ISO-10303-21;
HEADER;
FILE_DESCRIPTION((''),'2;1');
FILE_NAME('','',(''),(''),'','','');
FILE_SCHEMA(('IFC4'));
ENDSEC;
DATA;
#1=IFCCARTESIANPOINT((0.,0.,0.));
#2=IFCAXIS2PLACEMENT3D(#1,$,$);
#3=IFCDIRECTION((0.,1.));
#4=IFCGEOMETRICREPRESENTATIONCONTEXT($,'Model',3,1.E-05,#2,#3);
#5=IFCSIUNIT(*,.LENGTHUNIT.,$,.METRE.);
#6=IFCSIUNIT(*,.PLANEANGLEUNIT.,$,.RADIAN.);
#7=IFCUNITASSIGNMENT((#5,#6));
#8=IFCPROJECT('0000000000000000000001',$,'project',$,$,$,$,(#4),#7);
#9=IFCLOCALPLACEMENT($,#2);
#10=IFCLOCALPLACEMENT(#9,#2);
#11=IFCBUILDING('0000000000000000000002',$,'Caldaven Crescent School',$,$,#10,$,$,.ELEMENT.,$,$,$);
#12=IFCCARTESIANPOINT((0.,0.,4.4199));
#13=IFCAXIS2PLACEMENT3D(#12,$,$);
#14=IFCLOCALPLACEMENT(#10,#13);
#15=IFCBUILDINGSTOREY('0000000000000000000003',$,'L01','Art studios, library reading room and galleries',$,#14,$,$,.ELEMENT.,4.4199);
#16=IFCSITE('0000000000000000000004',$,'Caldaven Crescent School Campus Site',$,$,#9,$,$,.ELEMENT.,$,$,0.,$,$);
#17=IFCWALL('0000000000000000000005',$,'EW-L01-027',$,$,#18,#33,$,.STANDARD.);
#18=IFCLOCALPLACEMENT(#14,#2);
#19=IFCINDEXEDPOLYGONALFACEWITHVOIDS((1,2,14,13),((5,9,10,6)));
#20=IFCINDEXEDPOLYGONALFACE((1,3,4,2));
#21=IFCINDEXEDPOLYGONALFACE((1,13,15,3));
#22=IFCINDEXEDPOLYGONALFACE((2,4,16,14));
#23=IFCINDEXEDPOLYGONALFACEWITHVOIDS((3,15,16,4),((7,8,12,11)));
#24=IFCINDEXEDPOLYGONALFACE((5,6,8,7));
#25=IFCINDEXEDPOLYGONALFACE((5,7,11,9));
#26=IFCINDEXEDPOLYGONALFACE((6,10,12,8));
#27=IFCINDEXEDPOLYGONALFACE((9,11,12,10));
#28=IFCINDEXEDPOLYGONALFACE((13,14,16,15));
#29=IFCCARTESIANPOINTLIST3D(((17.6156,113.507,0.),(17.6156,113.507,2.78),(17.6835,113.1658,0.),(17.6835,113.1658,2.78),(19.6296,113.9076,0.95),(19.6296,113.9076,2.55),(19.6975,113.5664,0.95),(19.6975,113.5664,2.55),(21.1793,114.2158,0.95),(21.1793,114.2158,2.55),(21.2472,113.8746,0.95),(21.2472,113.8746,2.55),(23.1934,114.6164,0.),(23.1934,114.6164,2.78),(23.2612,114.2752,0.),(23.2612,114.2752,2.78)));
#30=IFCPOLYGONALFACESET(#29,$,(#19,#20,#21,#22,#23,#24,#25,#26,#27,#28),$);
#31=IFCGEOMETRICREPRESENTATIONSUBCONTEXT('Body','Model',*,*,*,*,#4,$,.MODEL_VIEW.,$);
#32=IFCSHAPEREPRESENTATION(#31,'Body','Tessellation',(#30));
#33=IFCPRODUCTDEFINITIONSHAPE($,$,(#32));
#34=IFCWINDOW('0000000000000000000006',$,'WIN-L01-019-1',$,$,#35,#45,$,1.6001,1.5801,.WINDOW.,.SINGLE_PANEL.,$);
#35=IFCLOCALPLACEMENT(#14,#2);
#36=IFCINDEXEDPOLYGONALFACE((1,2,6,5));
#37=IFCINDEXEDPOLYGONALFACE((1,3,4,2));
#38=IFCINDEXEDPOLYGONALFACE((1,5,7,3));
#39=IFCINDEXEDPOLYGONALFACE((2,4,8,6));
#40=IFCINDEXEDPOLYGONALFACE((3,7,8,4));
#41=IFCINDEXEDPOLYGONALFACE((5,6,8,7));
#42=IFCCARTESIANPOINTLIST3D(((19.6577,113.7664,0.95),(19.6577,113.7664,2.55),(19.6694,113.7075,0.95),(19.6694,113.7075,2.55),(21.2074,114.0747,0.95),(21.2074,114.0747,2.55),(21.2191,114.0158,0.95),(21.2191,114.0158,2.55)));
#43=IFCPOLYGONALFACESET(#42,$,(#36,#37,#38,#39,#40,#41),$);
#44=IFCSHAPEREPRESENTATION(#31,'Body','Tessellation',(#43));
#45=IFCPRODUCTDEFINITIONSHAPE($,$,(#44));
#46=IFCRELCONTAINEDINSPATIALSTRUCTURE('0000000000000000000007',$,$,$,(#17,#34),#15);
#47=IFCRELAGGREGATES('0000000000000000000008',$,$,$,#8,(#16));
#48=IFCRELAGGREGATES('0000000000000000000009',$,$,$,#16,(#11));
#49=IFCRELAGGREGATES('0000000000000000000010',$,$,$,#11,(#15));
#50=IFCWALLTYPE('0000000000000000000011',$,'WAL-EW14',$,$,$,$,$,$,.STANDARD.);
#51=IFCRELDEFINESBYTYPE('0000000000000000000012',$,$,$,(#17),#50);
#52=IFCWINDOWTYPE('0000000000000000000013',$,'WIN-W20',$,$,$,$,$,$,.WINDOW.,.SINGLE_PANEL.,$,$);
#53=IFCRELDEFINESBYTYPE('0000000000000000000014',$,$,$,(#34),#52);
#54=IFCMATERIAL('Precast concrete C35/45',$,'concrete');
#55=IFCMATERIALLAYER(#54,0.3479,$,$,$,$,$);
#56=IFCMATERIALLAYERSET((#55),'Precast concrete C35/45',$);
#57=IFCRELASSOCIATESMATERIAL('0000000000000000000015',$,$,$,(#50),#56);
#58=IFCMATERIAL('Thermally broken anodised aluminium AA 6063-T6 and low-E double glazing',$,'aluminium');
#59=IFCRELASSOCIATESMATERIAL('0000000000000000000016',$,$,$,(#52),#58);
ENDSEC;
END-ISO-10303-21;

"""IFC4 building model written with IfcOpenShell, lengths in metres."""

from ifc_helpers import new_model, si_unit, direction, frame, frame_2d, origin, place, context, subcontext, project, spatial, rectangle, extrude, material, layer, layer_set, type_object, element, fill, save


model = new_model("IFC4")

# Units and contexts
model_context = context("Model", 3, precision=1e-05, world=origin(), true_north=direction((0.0, 1.0)))
body_context = subcontext(model_context, "Body", "Model", "MODEL_VIEW")
ifc_project = project(units=[si_unit("LENGTHUNIT", "METRE"), si_unit("PLANEANGLEUNIT", "RADIAN")], contexts=[model_context])

# Site, building, storey
site_placement = place(None, origin())
site = spatial("IfcSite", under=ifc_project, at=site_placement, Name="Caldaven Crescent School Campus Site", CompositionType="ELEMENT", RefElevation=0.0)
building_placement = place(site_placement, origin())
building = spatial("IfcBuilding", under=site, at=building_placement, Name="Caldaven Crescent School", CompositionType="ELEMENT")
storey_placement = place(building_placement, frame((0.0, 0.0, 4.4199)))
storey = spatial("IfcBuildingStorey", under=building, at=storey_placement, Name="L01", Description="Art studios, library reading room and galleries", CompositionType="ELEMENT", Elevation=4.4199)

# Wall, opening, window
ifc_material_1 = material(Name="Precast concrete C35/45", Category="concrete")
ifc_layer_1 = layer(ifc_material_1, 0.3479)
ifc_layer_set_1 = layer_set([ifc_layer_1], Name="Precast concrete C35/45")
wall_type = type_object("IfcWallType", Name="WAL-EW14", PredefinedType="STANDARD", material=ifc_layer_set_1)
wall_placement = place(storey_placement, frame((23.2273, 114.4458, 0.0), z_axis=(0.0, 0.0, 1.0), x_axis=(-0.980788, -0.195076, 0.0)))
wall = element("IfcWall", 1, at=wall_placement, inside=storey, type_object=wall_type, Name="EW-L01-027", PredefinedType="STANDARD", context=body_context, shape_type="SweptSolid", body=[
    extrude(rectangle(XDim=5.687, YDim=0.3479, at=frame_2d((2.8435, 0.0))), origin(), (0.0, 0.0, 1.0), 2.78),
])
opening_placement = place(wall_placement, frame((2.0535, 0.0, 0.95)))
opening = element("IfcOpeningElement", 2, at=opening_placement, cuts=wall, PredefinedType="OPENING", context=body_context, shape_type="SweptSolid", body=[
    extrude(rectangle(XDim=1.5801, YDim=1.6001, at=frame_2d((0.79, 0.8))), frame((0.0, 0.1838, 0.0), z_axis=(0.0, -1.0, 0.0), x_axis=(1.0, 0.0, 0.0)), (0.0, 0.0, 1.0), 0.3679),
])
ifc_material_2 = material(Name="Thermally broken anodised aluminium AA 6063-T6 and low-E double glazing", Category="aluminium")
window_type = type_object("IfcWindowType", Name="WIN-W20", PartitioningType="SINGLE_PANEL", PredefinedType="WINDOW", material=ifc_material_2)
window_placement = place(opening_placement, origin())
window = element("IfcWindow", 3, at=window_placement, inside=storey, type_object=window_type, Name="WIN-L01-019-1", OverallHeight=1.6001, OverallWidth=1.5801, PartitioningType="SINGLE_PANEL", PredefinedType="WINDOW", context=body_context, shape_type="SweptSolid", body=[
    extrude(rectangle(XDim=1.5801, YDim=1.6001, at=frame_2d((0.79, 0.8))), frame((0.0, 0.03, 0.0), z_axis=(0.0, -1.0, 0.0), x_axis=(1.0, 0.0, 0.0)), (0.0, 0.0, 1.0), 0.0601),
])
fill(opening, window)

save(model, "model.ifc")
